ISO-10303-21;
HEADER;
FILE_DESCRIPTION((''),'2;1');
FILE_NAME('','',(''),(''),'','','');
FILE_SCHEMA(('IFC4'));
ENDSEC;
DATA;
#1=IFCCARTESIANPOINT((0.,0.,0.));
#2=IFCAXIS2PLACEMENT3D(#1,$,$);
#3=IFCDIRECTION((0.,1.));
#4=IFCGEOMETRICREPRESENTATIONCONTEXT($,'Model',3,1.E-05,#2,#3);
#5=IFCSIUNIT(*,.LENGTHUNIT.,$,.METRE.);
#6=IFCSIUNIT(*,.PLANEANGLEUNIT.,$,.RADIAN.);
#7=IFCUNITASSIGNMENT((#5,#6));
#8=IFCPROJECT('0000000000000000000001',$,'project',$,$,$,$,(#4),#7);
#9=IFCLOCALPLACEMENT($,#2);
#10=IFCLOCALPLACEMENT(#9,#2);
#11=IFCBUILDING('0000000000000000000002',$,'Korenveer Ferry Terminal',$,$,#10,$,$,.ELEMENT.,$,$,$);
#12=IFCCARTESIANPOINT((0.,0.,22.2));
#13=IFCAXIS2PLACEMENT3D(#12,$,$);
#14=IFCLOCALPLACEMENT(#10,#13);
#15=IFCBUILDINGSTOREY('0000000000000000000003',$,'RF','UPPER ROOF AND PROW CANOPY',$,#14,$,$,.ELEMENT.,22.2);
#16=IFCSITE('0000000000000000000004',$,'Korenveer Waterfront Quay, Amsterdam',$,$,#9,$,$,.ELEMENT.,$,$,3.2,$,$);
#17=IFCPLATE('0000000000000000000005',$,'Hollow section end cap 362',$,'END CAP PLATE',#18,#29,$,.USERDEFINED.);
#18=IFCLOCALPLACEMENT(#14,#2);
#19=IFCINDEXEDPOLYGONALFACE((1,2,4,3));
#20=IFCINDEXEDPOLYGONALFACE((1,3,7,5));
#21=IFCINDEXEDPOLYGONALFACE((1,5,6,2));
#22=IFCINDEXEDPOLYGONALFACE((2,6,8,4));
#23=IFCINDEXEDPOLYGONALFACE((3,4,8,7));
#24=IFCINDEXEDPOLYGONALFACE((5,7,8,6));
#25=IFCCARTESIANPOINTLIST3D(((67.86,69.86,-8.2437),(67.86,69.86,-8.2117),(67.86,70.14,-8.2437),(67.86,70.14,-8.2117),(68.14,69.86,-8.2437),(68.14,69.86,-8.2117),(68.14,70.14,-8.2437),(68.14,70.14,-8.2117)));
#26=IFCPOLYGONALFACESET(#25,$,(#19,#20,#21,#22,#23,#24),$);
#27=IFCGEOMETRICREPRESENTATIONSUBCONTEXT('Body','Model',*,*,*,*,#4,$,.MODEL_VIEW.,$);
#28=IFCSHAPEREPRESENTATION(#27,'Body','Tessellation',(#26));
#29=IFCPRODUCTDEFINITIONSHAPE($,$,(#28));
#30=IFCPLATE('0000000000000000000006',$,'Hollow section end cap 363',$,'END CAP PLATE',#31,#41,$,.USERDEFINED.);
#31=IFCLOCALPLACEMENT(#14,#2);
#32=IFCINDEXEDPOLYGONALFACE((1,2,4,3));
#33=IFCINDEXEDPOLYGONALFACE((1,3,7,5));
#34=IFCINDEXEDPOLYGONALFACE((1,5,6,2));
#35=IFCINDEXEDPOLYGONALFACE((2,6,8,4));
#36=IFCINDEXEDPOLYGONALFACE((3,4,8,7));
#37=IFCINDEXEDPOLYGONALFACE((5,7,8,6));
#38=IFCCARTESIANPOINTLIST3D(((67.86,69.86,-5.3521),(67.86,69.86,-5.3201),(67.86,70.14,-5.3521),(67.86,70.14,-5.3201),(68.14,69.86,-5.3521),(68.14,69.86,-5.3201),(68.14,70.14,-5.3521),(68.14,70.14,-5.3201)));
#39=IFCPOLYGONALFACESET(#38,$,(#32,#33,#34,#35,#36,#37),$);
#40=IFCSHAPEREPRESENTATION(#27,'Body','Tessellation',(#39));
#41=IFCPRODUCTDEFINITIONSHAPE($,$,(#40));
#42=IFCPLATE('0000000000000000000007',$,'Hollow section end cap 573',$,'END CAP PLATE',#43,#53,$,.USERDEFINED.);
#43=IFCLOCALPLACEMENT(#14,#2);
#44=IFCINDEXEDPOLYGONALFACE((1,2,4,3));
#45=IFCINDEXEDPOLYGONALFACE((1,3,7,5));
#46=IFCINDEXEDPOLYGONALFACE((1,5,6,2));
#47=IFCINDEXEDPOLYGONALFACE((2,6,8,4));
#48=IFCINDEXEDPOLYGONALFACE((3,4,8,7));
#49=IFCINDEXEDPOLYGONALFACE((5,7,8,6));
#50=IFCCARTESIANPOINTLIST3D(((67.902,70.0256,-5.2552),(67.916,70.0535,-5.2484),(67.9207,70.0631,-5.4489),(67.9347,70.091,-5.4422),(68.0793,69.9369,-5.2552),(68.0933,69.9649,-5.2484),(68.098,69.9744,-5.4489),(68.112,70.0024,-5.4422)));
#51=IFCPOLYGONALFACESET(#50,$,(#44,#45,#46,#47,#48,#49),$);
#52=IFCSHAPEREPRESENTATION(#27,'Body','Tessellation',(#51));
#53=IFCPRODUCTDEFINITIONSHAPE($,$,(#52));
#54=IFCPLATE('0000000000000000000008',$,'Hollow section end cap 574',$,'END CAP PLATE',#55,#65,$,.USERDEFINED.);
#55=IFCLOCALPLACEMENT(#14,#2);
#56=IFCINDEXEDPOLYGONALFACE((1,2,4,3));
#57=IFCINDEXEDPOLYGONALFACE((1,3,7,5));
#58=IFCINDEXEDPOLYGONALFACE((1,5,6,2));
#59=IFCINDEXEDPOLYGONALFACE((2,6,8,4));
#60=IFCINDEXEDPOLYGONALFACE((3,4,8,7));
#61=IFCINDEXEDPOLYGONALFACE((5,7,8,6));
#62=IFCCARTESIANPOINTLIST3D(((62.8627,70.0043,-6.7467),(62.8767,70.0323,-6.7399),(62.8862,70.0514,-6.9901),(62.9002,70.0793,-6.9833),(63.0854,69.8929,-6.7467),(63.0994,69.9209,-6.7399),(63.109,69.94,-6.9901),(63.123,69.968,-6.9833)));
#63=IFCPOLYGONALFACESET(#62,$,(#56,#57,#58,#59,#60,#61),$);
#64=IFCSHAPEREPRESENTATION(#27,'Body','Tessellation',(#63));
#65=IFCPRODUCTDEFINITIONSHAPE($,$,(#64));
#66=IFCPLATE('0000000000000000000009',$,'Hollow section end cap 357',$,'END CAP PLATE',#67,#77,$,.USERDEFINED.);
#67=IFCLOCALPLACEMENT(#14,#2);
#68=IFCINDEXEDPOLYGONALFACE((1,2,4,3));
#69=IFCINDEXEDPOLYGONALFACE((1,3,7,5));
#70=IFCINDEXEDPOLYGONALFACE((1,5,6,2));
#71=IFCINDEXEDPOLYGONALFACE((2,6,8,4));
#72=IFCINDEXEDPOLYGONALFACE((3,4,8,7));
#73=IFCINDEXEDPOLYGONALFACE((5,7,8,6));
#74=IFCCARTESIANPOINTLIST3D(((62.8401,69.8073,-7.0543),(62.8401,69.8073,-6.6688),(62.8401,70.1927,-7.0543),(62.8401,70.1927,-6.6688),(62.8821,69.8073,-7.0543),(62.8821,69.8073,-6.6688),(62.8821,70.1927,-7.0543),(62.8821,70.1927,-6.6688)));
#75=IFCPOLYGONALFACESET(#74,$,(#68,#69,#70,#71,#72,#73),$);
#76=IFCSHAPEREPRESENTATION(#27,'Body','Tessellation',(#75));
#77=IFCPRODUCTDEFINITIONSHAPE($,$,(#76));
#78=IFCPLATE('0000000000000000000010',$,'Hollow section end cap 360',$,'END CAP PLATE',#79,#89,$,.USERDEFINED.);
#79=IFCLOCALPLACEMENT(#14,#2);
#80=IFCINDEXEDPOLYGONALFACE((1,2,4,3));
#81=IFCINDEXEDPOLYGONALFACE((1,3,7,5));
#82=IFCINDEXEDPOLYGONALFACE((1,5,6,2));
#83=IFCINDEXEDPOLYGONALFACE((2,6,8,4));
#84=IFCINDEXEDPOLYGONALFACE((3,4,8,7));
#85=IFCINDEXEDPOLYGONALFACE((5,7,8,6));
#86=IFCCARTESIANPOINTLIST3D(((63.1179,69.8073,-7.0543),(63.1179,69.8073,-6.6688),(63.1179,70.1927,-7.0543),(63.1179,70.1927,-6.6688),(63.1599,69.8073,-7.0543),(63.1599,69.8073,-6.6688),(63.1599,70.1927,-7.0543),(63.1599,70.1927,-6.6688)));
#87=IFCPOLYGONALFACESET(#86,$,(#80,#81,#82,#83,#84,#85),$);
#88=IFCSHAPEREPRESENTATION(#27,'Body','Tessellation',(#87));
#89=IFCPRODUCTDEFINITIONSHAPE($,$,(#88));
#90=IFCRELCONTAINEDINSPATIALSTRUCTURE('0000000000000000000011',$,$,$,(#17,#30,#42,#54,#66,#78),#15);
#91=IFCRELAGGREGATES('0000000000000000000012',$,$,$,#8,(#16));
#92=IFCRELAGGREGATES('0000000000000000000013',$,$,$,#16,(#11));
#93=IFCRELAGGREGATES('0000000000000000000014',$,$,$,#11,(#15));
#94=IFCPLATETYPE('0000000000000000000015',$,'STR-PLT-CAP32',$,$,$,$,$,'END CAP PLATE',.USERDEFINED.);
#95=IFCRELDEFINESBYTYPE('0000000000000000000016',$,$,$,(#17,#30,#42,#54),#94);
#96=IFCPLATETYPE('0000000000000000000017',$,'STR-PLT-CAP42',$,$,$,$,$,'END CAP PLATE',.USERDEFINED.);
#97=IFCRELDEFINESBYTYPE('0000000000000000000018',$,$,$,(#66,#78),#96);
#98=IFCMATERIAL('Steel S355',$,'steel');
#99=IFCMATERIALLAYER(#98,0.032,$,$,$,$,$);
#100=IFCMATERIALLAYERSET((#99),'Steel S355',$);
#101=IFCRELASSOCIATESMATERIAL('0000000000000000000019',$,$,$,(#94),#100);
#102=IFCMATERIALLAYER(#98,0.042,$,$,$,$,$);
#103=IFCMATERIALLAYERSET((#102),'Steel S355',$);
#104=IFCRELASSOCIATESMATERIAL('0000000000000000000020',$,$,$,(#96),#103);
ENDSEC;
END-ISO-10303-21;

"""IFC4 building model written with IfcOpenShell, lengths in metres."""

from ifc_helpers import new_model, si_unit, direction, frame, origin, origin_2d, place, context, subcontext, project, spatial, rectangle, extrude, material, layer, layer_set, type_object, element, save


model = new_model("IFC4")

# Units and contexts
model_context = context("Model", 3, precision=1e-05, world=origin(), true_north=direction((0.0, 1.0)))
body_context = subcontext(model_context, "Body", "Model", "MODEL_VIEW")
ifc_project = project(units=[si_unit("LENGTHUNIT", "METRE"), si_unit("PLANEANGLEUNIT", "RADIAN")], contexts=[model_context])

# Site, building, storey
site_placement = place(None, origin())
site = spatial("IfcSite", under=ifc_project, at=site_placement, Name="Korenveer Waterfront Quay, Amsterdam", CompositionType="ELEMENT", RefElevation=3.2)
building_placement = place(site_placement, origin())
building = spatial("IfcBuilding", under=site, at=building_placement, Name="Korenveer Ferry Terminal", CompositionType="ELEMENT")
storey_placement = place(building_placement, frame((0.0, 0.0, 22.2)))
storey = spatial("IfcBuildingStorey", under=building, at=storey_placement, Name="RF", Description="UPPER ROOF AND PROW CANOPY", CompositionType="ELEMENT", Elevation=22.2)

# Shared definitions
ifc_material_1 = material(Name="Steel S355", Category="steel")

# Plates
ifc_layer_1 = layer(ifc_material_1, 0.032)
ifc_layer_set_1 = layer_set([ifc_layer_1], Name="Steel S355")
plate_type_1 = type_object("IfcPlateType", Name="STR-PLT-CAP32", ElementType="END CAP PLATE", PredefinedType="USERDEFINED", material=ifc_layer_set_1)
for number, where, z_axis, x_axis, name in (
    (1, (68.0, 70.0, -8.2437), (0.0, 0.0, 1.0), (1.0, 0.0, 0.0), "Hollow section end cap 362"),
    (2, (68.0, 70.0, -5.3521), (0.0, 0.0, 1.0), (1.0, 0.0, 0.0), "Hollow section end cap 363"),
):
    element("IfcPlate", number, at=place(storey_placement, frame(where, z_axis=z_axis, x_axis=x_axis)), inside=storey, type_object=plate_type_1, Name=name, ObjectType="END CAP PLATE", PredefinedType="USERDEFINED", context=body_context, shape_type="SweptSolid", body=[
        extrude(rectangle(XDim=0.28, YDim=0.28, at=origin_2d()), origin(), (0.0, 0.0, 1.0), 0.032),
    ])
plate_1_placement = place(storey_placement, frame((68.0, 70.0, -5.3521), z_axis=(0.43711, 0.874221, 0.21136), x_axis=(-0.894427, 0.447214, 0.0)))
element("IfcPlate", 3, at=plate_1_placement, inside=storey, type_object=plate_type_1, Name="Hollow section end cap 573", ObjectType="END CAP PLATE", PredefinedType="USERDEFINED", context=body_context, shape_type="SweptSolid", body=[
    extrude(rectangle(XDim=0.1982, YDim=0.1982, at=origin_2d()), origin(), (0.0, 0.0, 1.0), 0.032),
])
plate_2_placement = place(storey_placement, frame((62.9858, 69.9722, -6.8684), z_axis=(0.43711, 0.874221, 0.21136), x_axis=(-0.894427, 0.447214, 0.0)))
element("IfcPlate", 4, at=plate_2_placement, inside=storey, type_object=plate_type_1, Name="Hollow section end cap 574", ObjectType="END CAP PLATE", PredefinedType="USERDEFINED", context=body_context, shape_type="SweptSolid", body=[
    extrude(rectangle(XDim=0.249, YDim=0.249, at=origin_2d()), origin(), (0.0, 0.0, 1.0), 0.032),
])
ifc_layer_2 = layer(ifc_material_1, 0.042)
ifc_layer_set_2 = layer_set([ifc_layer_2], Name="Steel S355")
plate_type_2 = type_object("IfcPlateType", Name="STR-PLT-CAP42", ElementType="END CAP PLATE", PredefinedType="USERDEFINED", material=ifc_layer_set_2)
for number, where, z_axis, x_axis, name in (
    (5, (62.8401, 70.0, -6.8616), (1.0, 0.0, 0.0), (0.0, 1.0, 0.0), "Hollow section end cap 357"),
    (6, (63.1179, 70.0, -6.8616), (1.0, 0.0, 0.0), (0.0, 1.0, 0.0), "Hollow section end cap 360"),
):
    element("IfcPlate", number, at=place(storey_placement, frame(where, z_axis=z_axis, x_axis=x_axis)), inside=storey, type_object=plate_type_2, Name=name, ObjectType="END CAP PLATE", PredefinedType="USERDEFINED", context=body_context, shape_type="SweptSolid", body=[
        extrude(rectangle(XDim=0.3855, YDim=0.3855, at=origin_2d()), origin(), (0.0, 0.0, 1.0), 0.042),
    ])

save(model, "model.ifc")
